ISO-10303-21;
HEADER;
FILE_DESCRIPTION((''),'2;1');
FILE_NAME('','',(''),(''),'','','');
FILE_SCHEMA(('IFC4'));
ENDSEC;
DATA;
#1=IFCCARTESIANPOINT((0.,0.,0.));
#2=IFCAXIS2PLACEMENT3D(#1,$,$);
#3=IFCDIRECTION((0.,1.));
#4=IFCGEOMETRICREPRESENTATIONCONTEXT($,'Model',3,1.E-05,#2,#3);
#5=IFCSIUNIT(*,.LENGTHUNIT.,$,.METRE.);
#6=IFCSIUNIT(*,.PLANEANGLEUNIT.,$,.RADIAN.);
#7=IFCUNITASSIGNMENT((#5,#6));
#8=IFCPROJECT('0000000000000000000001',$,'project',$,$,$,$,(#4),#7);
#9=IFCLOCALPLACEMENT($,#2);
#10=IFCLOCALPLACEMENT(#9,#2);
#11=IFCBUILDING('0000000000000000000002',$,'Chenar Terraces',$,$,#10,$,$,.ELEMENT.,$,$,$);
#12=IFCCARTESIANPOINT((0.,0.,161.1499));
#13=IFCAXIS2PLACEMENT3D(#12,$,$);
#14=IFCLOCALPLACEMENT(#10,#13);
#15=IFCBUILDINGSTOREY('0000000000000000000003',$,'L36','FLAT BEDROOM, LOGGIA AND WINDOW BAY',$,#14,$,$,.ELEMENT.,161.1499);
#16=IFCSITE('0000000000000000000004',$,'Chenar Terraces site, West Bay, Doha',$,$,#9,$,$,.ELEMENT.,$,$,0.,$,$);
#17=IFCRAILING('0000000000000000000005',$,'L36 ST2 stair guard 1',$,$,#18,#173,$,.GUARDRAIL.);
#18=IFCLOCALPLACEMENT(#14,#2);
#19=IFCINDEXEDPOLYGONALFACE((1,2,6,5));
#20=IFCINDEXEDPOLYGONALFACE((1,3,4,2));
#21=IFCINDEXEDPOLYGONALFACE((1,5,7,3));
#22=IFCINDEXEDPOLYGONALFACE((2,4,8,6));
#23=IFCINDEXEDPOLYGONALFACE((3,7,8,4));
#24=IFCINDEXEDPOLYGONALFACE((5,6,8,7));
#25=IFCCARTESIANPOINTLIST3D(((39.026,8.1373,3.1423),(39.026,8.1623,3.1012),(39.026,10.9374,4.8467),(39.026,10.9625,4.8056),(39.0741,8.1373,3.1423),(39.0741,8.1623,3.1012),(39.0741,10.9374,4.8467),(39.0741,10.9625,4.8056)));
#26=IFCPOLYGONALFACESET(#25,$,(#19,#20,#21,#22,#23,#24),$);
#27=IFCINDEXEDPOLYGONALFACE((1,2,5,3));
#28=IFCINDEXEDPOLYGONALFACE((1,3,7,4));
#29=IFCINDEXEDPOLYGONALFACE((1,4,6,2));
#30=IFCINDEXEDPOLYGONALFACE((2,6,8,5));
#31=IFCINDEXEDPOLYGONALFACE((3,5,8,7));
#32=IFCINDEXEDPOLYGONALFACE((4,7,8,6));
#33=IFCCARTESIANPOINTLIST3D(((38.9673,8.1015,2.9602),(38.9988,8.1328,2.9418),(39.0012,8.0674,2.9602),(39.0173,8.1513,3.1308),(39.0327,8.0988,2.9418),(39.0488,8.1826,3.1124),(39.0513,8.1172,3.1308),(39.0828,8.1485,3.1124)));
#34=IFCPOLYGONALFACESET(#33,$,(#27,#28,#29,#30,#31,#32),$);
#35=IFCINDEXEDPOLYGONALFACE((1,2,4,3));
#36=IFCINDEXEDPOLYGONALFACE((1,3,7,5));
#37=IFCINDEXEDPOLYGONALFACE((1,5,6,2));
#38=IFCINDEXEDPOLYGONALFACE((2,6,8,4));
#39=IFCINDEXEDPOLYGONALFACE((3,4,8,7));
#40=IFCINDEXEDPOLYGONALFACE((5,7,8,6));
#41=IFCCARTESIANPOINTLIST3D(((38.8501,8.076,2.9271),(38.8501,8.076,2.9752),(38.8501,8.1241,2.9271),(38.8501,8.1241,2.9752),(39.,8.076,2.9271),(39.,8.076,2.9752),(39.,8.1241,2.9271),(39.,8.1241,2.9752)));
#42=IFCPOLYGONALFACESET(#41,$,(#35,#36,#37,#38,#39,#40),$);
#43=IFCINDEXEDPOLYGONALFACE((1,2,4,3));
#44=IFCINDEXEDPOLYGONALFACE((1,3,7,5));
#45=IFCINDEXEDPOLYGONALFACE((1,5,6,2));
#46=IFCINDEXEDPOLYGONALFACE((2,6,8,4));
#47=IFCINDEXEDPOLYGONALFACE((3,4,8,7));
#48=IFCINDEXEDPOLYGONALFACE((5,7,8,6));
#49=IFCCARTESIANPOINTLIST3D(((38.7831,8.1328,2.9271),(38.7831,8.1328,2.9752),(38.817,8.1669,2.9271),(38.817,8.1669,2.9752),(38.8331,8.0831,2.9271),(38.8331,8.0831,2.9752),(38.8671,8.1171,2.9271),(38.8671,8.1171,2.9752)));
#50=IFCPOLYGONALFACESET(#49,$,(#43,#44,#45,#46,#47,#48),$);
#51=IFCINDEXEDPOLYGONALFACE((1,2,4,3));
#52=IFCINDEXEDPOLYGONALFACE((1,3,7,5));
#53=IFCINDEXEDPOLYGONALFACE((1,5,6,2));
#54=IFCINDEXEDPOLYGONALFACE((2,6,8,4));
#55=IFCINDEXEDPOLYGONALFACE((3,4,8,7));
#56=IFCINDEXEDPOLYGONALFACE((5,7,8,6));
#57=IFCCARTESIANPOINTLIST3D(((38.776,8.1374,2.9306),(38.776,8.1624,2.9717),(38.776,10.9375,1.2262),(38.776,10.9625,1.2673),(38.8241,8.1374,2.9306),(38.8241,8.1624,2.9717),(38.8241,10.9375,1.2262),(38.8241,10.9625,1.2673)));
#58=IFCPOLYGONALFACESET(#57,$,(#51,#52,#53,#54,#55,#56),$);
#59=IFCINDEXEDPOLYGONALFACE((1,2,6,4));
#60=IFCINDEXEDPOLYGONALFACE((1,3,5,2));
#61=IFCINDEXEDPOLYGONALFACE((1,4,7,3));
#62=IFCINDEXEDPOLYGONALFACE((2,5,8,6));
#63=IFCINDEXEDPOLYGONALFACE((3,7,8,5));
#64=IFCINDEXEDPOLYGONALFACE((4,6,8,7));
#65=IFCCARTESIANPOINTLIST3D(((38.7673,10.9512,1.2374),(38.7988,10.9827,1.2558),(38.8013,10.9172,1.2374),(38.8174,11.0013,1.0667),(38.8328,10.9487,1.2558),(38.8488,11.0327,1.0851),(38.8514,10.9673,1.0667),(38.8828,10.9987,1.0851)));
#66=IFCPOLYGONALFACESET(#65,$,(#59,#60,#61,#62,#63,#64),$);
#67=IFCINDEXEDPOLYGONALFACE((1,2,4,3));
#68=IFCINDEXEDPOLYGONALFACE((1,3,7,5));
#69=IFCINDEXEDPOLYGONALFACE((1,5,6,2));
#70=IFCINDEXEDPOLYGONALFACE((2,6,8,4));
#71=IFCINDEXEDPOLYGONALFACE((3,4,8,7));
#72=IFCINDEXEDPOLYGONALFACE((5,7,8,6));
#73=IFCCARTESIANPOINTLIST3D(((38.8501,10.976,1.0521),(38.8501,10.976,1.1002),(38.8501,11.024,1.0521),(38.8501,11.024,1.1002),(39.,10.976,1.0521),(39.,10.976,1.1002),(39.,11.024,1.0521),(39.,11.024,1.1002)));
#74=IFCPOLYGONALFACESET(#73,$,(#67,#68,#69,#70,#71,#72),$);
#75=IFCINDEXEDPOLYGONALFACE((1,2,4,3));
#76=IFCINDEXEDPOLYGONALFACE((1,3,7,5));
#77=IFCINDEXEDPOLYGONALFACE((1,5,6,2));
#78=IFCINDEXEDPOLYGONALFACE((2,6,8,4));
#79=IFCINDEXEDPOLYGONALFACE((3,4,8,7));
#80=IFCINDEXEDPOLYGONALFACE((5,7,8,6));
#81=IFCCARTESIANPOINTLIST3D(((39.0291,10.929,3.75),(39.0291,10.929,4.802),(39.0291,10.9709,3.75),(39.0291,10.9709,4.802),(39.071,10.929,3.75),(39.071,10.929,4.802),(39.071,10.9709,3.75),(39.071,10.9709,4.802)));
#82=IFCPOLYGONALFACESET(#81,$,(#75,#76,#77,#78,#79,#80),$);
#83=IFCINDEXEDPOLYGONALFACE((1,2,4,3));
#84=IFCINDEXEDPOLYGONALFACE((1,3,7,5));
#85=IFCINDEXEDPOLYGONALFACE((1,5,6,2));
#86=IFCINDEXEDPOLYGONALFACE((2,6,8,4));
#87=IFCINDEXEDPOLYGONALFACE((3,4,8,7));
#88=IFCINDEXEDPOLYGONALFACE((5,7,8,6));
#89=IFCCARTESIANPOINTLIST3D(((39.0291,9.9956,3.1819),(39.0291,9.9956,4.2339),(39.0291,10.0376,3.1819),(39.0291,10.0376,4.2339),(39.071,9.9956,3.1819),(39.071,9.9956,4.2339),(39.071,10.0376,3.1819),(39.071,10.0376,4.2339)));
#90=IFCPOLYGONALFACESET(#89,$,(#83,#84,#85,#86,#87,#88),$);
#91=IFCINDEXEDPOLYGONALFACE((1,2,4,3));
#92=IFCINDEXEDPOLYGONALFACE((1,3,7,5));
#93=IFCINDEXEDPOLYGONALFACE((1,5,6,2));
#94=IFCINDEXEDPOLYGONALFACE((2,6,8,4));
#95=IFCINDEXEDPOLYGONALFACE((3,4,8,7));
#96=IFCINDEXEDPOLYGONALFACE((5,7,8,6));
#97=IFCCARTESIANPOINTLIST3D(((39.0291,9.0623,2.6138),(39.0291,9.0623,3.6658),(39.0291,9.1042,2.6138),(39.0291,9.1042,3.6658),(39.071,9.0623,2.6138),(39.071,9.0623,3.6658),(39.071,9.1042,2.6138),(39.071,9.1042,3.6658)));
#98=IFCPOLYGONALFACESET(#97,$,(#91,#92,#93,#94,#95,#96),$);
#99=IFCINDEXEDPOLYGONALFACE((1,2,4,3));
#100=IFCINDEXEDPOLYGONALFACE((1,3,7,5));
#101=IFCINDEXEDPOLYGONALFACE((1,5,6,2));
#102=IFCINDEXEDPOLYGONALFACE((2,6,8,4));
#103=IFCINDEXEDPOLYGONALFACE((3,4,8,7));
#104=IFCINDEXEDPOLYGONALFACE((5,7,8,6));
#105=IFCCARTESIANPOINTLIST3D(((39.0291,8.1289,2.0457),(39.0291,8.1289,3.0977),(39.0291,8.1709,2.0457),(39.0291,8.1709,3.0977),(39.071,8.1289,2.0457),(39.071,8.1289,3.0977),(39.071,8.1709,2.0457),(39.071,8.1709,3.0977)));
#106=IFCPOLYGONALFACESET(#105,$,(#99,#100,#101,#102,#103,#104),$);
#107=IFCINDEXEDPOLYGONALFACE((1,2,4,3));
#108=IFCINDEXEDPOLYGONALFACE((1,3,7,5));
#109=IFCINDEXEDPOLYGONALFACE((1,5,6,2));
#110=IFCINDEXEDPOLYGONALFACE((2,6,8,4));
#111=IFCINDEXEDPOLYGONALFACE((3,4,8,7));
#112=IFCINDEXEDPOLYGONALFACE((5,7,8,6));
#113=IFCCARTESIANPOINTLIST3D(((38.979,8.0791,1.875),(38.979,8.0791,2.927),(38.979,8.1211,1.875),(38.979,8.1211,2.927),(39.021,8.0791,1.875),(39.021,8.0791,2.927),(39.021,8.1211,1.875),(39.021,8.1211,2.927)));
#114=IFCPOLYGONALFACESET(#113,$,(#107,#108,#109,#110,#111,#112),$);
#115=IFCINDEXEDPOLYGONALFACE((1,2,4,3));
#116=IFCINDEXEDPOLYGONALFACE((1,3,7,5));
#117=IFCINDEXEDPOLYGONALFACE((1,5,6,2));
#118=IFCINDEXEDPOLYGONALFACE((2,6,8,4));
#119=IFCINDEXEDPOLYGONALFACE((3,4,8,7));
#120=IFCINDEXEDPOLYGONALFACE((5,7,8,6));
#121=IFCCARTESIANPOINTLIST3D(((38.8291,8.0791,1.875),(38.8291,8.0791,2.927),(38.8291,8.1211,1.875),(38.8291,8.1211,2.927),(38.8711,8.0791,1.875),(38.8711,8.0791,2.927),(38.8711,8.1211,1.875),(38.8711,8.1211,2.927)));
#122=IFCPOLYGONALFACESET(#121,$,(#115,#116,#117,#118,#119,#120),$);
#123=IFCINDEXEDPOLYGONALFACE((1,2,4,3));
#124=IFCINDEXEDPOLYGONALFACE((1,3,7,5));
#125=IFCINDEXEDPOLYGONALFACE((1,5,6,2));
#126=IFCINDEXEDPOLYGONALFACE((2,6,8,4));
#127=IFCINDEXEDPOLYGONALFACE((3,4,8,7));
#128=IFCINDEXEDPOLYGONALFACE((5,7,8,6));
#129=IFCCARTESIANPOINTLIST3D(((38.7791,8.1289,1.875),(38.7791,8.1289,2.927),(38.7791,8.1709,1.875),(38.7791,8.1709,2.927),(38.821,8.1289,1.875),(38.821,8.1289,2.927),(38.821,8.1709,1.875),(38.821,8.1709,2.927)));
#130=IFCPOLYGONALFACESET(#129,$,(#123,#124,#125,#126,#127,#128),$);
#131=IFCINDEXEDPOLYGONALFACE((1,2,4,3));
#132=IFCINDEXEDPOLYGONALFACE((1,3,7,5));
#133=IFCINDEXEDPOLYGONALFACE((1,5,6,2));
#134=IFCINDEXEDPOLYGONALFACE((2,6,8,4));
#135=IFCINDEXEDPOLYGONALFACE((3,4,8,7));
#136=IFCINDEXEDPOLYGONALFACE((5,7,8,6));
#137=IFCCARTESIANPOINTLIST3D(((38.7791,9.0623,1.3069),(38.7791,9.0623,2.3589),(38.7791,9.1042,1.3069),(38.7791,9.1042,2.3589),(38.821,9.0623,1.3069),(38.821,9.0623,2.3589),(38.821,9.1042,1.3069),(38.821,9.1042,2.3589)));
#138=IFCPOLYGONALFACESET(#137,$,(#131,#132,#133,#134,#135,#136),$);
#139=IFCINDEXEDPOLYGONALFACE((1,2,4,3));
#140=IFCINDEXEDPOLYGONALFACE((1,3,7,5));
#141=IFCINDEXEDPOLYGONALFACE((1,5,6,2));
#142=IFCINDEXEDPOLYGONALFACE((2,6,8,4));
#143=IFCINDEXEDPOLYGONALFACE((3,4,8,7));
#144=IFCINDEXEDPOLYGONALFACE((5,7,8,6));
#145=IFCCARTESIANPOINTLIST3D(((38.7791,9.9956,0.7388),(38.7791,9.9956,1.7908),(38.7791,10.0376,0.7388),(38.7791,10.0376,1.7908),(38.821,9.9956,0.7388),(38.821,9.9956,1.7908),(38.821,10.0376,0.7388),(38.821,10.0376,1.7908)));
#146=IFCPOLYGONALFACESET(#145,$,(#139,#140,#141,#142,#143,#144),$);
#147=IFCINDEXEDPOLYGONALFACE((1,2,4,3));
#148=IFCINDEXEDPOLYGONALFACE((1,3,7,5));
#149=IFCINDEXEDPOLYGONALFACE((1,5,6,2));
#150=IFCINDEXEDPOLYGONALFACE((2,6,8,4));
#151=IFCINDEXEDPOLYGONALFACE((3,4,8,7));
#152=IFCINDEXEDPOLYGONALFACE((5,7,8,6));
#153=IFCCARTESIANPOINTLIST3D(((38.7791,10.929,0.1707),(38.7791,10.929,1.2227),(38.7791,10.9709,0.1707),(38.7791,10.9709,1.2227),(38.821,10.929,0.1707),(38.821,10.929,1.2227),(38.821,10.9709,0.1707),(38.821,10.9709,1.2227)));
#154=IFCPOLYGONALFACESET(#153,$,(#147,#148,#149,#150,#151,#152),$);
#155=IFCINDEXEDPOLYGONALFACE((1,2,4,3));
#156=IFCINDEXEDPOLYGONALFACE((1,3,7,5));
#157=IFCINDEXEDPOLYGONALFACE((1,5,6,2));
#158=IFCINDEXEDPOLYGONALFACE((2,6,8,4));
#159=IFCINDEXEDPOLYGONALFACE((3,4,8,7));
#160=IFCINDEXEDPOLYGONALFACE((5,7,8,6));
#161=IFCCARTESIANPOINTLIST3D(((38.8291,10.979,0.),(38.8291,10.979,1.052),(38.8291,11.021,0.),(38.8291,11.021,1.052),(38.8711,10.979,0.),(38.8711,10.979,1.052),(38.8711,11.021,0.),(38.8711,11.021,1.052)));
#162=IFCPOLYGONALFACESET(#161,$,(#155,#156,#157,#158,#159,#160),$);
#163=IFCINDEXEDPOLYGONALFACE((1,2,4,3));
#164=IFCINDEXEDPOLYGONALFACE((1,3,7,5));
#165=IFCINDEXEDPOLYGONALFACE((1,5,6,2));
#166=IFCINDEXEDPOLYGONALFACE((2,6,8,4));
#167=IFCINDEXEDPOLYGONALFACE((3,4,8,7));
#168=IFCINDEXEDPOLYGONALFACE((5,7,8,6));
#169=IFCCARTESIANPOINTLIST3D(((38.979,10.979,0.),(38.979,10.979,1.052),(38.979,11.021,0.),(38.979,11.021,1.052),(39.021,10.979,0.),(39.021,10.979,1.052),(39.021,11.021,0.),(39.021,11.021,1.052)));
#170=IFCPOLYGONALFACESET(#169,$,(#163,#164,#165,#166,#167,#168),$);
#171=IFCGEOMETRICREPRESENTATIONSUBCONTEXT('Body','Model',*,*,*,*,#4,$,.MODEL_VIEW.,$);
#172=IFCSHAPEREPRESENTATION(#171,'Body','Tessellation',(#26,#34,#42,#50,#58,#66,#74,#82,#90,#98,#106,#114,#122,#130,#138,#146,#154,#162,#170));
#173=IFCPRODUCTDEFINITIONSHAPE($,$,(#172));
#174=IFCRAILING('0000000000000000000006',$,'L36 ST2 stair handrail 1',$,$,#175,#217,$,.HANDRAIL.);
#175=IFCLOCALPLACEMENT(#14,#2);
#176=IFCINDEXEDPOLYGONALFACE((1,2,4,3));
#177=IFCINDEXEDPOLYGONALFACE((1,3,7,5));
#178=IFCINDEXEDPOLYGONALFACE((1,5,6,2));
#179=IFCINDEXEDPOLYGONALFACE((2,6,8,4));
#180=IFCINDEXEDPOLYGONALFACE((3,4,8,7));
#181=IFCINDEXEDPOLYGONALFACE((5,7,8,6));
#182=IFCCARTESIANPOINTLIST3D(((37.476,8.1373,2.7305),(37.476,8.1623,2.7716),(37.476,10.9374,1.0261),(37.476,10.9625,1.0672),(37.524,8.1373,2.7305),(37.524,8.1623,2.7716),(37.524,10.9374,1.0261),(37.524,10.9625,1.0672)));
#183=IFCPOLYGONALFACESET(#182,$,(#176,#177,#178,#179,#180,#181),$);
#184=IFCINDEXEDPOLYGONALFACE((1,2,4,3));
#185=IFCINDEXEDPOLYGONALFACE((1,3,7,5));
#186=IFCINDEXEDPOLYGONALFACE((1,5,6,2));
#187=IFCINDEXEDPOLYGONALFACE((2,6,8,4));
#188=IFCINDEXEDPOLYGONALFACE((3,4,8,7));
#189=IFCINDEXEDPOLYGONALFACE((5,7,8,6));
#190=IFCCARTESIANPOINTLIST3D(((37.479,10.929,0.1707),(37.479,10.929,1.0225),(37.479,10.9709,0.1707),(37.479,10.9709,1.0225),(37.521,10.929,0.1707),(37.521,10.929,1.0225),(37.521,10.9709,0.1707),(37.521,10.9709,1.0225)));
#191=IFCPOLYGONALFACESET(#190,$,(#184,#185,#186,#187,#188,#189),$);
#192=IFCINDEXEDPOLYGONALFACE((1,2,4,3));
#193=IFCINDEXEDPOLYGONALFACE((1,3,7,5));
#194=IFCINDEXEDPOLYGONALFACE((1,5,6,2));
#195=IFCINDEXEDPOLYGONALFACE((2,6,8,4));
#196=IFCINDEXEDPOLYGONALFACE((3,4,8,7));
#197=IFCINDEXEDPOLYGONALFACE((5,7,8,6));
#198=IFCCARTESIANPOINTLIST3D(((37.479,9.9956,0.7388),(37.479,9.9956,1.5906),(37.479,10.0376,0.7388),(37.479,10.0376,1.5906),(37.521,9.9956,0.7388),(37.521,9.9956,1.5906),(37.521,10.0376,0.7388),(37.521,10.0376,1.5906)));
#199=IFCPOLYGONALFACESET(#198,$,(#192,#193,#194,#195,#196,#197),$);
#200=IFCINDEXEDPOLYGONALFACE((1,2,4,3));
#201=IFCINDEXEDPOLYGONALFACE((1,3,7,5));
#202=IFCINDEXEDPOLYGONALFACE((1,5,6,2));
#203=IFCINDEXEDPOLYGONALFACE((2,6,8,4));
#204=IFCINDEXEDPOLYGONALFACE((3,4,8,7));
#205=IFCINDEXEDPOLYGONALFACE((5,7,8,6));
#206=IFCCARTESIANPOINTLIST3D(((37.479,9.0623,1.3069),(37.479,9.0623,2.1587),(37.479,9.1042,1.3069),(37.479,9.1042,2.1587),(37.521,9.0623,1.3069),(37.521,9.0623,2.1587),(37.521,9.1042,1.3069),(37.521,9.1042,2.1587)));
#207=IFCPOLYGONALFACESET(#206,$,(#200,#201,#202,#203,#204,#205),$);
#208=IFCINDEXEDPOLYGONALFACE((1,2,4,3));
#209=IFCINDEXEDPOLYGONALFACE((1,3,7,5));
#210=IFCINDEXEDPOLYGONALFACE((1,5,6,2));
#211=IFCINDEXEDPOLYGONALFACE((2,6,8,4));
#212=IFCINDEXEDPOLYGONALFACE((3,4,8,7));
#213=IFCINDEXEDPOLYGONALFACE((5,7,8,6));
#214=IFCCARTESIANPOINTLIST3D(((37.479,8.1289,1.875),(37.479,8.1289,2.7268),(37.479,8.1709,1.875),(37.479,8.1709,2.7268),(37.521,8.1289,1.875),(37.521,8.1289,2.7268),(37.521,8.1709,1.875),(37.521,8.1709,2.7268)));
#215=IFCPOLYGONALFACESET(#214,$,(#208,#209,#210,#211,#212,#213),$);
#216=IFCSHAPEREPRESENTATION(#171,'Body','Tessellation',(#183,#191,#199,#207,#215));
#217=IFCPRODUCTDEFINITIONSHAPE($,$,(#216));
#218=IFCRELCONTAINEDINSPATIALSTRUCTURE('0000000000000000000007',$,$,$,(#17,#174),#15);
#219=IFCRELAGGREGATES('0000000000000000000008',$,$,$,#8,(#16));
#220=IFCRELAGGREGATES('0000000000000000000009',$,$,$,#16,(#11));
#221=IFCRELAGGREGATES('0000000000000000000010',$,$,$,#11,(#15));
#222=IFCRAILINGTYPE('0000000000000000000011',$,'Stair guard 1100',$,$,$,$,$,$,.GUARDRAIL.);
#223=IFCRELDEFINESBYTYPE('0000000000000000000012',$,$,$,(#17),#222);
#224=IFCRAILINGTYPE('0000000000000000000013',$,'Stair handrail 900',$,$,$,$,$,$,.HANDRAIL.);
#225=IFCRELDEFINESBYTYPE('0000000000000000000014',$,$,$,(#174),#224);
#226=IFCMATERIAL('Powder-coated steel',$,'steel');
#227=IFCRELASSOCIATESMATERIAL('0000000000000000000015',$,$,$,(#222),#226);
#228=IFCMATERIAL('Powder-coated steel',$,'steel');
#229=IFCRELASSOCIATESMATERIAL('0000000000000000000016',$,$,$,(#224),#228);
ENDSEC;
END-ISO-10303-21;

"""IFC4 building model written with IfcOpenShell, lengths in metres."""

from ifc_helpers import new_model, si_unit, direction, frame, origin, origin_2d, place, context, subcontext, project, spatial, rectangle, extrude, material, type_object, element, save


model = new_model("IFC4")

# Units and contexts
model_context = context("Model", 3, precision=1e-05, world=origin(), true_north=direction((0.0, 1.0)))
body_context = subcontext(model_context, "Body", "Model", "MODEL_VIEW")
ifc_project = project(units=[si_unit("LENGTHUNIT", "METRE"), si_unit("PLANEANGLEUNIT", "RADIAN")], contexts=[model_context])

# Site, building, storey
site_placement = place(None, origin())
site = spatial("IfcSite", under=ifc_project, at=site_placement, Name="Chenar Terraces site, West Bay, Doha", CompositionType="ELEMENT", RefElevation=0.0)
building_placement = place(site_placement, origin())
building = spatial("IfcBuilding", under=site, at=building_placement, Name="Chenar Terraces", CompositionType="ELEMENT")
storey_placement = place(building_placement, frame((0.0, 0.0, 161.1499)))
storey = spatial("IfcBuildingStorey", under=building, at=storey_placement, Name="L36", Description="FLAT BEDROOM, LOGGIA AND WINDOW BAY", CompositionType="ELEMENT", Elevation=161.1499)

# Railings
ifc_material_1 = material(Name="Powder-coated steel", Category="steel")
railing_type_1 = type_object("IfcRailingType", Name="Stair guard 1100", PredefinedType="GUARDRAIL", material=ifc_material_1)
railing_1_placement = place(storey_placement, frame((39.05, 10.95, 3.75)))
element("IfcRailing", 1, at=railing_1_placement, inside=storey, type_object=railing_type_1, Name="L36 ST2 stair guard 1", PredefinedType="GUARDRAIL", context=body_context, shape_type="SweptSolid", body=[
    extrude(rectangle(XDim=0.0481, YDim=0.0481, at=origin_2d()), frame((0.0, 0.0, 1.0762), z_axis=(0.0, -0.854203, -0.51994), x_axis=(1.0, 0.0, 0.0)), (0.0, 0.0, 1.0), 3.2781),
    extrude(rectangle(XDim=0.0481, YDim=0.0481, at=origin_2d()), frame((0.0, -2.8, -0.6284), z_axis=(-0.270997, -0.269675, -0.924033), x_axis=(0.705376, -0.708834, 0.0)), (0.0, 0.0, 1.0), 0.1846),
    extrude(rectangle(XDim=0.0481, YDim=0.0481, at=origin_2d()), frame((-0.05, -2.8499, -0.7988), z_axis=(-1.0, 0.0, 0.0), x_axis=(0.0, -1.0, 0.0)), (0.0, 0.0, 1.0), 0.1499),
    extrude(rectangle(XDim=0.0481, YDim=0.0481, at=origin_2d()), frame((-0.2, -2.8499, -0.7988), z_axis=(-0.708834, 0.705376, 0.0), x_axis=(-0.705376, -0.708834, 0.0)), (0.0, 0.0, 1.0), 0.0706),
    extrude(rectangle(XDim=0.0481, YDim=0.0481, at=origin_2d()), frame((-0.25, -2.8, -0.7988), z_axis=(0.0, 0.854203, -0.51994), x_axis=(-1.0, 0.0, 0.0)), (0.0, 0.0, 1.0), 3.2781),
    extrude(rectangle(XDim=0.0481, YDim=0.0481, at=origin_2d()), frame((-0.25, 0.0, -2.5034), z_axis=(0.2709, 0.2709, -0.923703), x_axis=(-0.707107, 0.707107, 0.0)), (0.0, 0.0, 1.0), 0.1848),
    extrude(rectangle(XDim=0.0481, YDim=0.0481, at=origin_2d()), frame((-0.2, 0.05, -2.6738), z_axis=(1.0, 0.0, 0.0), x_axis=(0.0, 1.0, 0.0)), (0.0, 0.0, 1.0), 0.1499),
    extrude(rectangle(XDim=0.042, YDim=0.042, at=origin_2d()), origin(), (0.0, 0.0, 1.0), 1.052),
    extrude(rectangle(XDim=0.042, YDim=0.042, at=origin_2d()), frame((0.0, -0.9333, -0.5681)), (0.0, 0.0, 1.0), 1.052),
    extrude(rectangle(XDim=0.042, YDim=0.042, at=origin_2d()), frame((0.0, -1.8667, -1.1362)), (0.0, 0.0, 1.0), 1.052),
    extrude(rectangle(XDim=0.042, YDim=0.042, at=origin_2d()), frame((0.0, -2.8, -1.7043)), (0.0, 0.0, 1.0), 1.052),
    extrude(rectangle(XDim=0.042, YDim=0.042, at=origin_2d()), frame((-0.05, -2.8499, -1.875)), (0.0, 0.0, 1.0), 1.052),
    extrude(rectangle(XDim=0.042, YDim=0.042, at=origin_2d()), frame((-0.2, -2.8499, -1.875)), (0.0, 0.0, 1.0), 1.052),
    extrude(rectangle(XDim=0.042, YDim=0.042, at=origin_2d()), frame((-0.25, -2.8, -1.875)), (0.0, 0.0, 1.0), 1.052),
    extrude(rectangle(XDim=0.042, YDim=0.042, at=origin_2d()), frame((-0.25, -1.8667, -2.4431)), (0.0, 0.0, 1.0), 1.052),
    extrude(rectangle(XDim=0.042, YDim=0.042, at=origin_2d()), frame((-0.25, -0.9333, -3.0112)), (0.0, 0.0, 1.0), 1.052),
    extrude(rectangle(XDim=0.042, YDim=0.042, at=origin_2d()), frame((-0.25, 0.0, -3.5793)), (0.0, 0.0, 1.0), 1.052),
    extrude(rectangle(XDim=0.042, YDim=0.042, at=origin_2d()), frame((-0.2, 0.05, -3.75)), (0.0, 0.0, 1.0), 1.052),
    extrude(rectangle(XDim=0.042, YDim=0.042, at=origin_2d()), frame((-0.05, 0.05, -3.75)), (0.0, 0.0, 1.0), 1.052),
])
ifc_material_2 = material(Name="Powder-coated steel", Category="steel")
railing_type_2 = type_object("IfcRailingType", Name="Stair handrail 900", PredefinedType="HANDRAIL", material=ifc_material_2)
railing_2_placement = place(storey_placement, frame((37.5, 10.95, 0.1707)))
element("IfcRailing", 2, at=railing_2_placement, inside=storey, type_object=railing_type_2, Name="L36 ST2 stair handrail 1", PredefinedType="HANDRAIL", context=body_context, shape_type="SweptSolid", body=[
    extrude(rectangle(XDim=0.0481, YDim=0.0481, at=origin_2d()), frame((0.0, 0.0, 0.876), z_axis=(0.0, -0.854203, 0.51994), x_axis=(1.0, 0.0, 0.0)), (0.0, 0.0, 1.0), 3.2781),
    extrude(rectangle(XDim=0.042, YDim=0.042, at=origin_2d()), origin(), (0.0, 0.0, 1.0), 0.8518),
    extrude(rectangle(XDim=0.042, YDim=0.042, at=origin_2d()), frame((0.0, -0.9333, 0.5681)), (0.0, 0.0, 1.0), 0.8518),
    extrude(rectangle(XDim=0.042, YDim=0.042, at=origin_2d()), frame((0.0, -1.8667, 1.1362)), (0.0, 0.0, 1.0), 0.8518),
    extrude(rectangle(XDim=0.042, YDim=0.042, at=origin_2d()), frame((0.0, -2.8, 1.7043)), (0.0, 0.0, 1.0), 0.8518),
])

save(model, "model.ifc")
